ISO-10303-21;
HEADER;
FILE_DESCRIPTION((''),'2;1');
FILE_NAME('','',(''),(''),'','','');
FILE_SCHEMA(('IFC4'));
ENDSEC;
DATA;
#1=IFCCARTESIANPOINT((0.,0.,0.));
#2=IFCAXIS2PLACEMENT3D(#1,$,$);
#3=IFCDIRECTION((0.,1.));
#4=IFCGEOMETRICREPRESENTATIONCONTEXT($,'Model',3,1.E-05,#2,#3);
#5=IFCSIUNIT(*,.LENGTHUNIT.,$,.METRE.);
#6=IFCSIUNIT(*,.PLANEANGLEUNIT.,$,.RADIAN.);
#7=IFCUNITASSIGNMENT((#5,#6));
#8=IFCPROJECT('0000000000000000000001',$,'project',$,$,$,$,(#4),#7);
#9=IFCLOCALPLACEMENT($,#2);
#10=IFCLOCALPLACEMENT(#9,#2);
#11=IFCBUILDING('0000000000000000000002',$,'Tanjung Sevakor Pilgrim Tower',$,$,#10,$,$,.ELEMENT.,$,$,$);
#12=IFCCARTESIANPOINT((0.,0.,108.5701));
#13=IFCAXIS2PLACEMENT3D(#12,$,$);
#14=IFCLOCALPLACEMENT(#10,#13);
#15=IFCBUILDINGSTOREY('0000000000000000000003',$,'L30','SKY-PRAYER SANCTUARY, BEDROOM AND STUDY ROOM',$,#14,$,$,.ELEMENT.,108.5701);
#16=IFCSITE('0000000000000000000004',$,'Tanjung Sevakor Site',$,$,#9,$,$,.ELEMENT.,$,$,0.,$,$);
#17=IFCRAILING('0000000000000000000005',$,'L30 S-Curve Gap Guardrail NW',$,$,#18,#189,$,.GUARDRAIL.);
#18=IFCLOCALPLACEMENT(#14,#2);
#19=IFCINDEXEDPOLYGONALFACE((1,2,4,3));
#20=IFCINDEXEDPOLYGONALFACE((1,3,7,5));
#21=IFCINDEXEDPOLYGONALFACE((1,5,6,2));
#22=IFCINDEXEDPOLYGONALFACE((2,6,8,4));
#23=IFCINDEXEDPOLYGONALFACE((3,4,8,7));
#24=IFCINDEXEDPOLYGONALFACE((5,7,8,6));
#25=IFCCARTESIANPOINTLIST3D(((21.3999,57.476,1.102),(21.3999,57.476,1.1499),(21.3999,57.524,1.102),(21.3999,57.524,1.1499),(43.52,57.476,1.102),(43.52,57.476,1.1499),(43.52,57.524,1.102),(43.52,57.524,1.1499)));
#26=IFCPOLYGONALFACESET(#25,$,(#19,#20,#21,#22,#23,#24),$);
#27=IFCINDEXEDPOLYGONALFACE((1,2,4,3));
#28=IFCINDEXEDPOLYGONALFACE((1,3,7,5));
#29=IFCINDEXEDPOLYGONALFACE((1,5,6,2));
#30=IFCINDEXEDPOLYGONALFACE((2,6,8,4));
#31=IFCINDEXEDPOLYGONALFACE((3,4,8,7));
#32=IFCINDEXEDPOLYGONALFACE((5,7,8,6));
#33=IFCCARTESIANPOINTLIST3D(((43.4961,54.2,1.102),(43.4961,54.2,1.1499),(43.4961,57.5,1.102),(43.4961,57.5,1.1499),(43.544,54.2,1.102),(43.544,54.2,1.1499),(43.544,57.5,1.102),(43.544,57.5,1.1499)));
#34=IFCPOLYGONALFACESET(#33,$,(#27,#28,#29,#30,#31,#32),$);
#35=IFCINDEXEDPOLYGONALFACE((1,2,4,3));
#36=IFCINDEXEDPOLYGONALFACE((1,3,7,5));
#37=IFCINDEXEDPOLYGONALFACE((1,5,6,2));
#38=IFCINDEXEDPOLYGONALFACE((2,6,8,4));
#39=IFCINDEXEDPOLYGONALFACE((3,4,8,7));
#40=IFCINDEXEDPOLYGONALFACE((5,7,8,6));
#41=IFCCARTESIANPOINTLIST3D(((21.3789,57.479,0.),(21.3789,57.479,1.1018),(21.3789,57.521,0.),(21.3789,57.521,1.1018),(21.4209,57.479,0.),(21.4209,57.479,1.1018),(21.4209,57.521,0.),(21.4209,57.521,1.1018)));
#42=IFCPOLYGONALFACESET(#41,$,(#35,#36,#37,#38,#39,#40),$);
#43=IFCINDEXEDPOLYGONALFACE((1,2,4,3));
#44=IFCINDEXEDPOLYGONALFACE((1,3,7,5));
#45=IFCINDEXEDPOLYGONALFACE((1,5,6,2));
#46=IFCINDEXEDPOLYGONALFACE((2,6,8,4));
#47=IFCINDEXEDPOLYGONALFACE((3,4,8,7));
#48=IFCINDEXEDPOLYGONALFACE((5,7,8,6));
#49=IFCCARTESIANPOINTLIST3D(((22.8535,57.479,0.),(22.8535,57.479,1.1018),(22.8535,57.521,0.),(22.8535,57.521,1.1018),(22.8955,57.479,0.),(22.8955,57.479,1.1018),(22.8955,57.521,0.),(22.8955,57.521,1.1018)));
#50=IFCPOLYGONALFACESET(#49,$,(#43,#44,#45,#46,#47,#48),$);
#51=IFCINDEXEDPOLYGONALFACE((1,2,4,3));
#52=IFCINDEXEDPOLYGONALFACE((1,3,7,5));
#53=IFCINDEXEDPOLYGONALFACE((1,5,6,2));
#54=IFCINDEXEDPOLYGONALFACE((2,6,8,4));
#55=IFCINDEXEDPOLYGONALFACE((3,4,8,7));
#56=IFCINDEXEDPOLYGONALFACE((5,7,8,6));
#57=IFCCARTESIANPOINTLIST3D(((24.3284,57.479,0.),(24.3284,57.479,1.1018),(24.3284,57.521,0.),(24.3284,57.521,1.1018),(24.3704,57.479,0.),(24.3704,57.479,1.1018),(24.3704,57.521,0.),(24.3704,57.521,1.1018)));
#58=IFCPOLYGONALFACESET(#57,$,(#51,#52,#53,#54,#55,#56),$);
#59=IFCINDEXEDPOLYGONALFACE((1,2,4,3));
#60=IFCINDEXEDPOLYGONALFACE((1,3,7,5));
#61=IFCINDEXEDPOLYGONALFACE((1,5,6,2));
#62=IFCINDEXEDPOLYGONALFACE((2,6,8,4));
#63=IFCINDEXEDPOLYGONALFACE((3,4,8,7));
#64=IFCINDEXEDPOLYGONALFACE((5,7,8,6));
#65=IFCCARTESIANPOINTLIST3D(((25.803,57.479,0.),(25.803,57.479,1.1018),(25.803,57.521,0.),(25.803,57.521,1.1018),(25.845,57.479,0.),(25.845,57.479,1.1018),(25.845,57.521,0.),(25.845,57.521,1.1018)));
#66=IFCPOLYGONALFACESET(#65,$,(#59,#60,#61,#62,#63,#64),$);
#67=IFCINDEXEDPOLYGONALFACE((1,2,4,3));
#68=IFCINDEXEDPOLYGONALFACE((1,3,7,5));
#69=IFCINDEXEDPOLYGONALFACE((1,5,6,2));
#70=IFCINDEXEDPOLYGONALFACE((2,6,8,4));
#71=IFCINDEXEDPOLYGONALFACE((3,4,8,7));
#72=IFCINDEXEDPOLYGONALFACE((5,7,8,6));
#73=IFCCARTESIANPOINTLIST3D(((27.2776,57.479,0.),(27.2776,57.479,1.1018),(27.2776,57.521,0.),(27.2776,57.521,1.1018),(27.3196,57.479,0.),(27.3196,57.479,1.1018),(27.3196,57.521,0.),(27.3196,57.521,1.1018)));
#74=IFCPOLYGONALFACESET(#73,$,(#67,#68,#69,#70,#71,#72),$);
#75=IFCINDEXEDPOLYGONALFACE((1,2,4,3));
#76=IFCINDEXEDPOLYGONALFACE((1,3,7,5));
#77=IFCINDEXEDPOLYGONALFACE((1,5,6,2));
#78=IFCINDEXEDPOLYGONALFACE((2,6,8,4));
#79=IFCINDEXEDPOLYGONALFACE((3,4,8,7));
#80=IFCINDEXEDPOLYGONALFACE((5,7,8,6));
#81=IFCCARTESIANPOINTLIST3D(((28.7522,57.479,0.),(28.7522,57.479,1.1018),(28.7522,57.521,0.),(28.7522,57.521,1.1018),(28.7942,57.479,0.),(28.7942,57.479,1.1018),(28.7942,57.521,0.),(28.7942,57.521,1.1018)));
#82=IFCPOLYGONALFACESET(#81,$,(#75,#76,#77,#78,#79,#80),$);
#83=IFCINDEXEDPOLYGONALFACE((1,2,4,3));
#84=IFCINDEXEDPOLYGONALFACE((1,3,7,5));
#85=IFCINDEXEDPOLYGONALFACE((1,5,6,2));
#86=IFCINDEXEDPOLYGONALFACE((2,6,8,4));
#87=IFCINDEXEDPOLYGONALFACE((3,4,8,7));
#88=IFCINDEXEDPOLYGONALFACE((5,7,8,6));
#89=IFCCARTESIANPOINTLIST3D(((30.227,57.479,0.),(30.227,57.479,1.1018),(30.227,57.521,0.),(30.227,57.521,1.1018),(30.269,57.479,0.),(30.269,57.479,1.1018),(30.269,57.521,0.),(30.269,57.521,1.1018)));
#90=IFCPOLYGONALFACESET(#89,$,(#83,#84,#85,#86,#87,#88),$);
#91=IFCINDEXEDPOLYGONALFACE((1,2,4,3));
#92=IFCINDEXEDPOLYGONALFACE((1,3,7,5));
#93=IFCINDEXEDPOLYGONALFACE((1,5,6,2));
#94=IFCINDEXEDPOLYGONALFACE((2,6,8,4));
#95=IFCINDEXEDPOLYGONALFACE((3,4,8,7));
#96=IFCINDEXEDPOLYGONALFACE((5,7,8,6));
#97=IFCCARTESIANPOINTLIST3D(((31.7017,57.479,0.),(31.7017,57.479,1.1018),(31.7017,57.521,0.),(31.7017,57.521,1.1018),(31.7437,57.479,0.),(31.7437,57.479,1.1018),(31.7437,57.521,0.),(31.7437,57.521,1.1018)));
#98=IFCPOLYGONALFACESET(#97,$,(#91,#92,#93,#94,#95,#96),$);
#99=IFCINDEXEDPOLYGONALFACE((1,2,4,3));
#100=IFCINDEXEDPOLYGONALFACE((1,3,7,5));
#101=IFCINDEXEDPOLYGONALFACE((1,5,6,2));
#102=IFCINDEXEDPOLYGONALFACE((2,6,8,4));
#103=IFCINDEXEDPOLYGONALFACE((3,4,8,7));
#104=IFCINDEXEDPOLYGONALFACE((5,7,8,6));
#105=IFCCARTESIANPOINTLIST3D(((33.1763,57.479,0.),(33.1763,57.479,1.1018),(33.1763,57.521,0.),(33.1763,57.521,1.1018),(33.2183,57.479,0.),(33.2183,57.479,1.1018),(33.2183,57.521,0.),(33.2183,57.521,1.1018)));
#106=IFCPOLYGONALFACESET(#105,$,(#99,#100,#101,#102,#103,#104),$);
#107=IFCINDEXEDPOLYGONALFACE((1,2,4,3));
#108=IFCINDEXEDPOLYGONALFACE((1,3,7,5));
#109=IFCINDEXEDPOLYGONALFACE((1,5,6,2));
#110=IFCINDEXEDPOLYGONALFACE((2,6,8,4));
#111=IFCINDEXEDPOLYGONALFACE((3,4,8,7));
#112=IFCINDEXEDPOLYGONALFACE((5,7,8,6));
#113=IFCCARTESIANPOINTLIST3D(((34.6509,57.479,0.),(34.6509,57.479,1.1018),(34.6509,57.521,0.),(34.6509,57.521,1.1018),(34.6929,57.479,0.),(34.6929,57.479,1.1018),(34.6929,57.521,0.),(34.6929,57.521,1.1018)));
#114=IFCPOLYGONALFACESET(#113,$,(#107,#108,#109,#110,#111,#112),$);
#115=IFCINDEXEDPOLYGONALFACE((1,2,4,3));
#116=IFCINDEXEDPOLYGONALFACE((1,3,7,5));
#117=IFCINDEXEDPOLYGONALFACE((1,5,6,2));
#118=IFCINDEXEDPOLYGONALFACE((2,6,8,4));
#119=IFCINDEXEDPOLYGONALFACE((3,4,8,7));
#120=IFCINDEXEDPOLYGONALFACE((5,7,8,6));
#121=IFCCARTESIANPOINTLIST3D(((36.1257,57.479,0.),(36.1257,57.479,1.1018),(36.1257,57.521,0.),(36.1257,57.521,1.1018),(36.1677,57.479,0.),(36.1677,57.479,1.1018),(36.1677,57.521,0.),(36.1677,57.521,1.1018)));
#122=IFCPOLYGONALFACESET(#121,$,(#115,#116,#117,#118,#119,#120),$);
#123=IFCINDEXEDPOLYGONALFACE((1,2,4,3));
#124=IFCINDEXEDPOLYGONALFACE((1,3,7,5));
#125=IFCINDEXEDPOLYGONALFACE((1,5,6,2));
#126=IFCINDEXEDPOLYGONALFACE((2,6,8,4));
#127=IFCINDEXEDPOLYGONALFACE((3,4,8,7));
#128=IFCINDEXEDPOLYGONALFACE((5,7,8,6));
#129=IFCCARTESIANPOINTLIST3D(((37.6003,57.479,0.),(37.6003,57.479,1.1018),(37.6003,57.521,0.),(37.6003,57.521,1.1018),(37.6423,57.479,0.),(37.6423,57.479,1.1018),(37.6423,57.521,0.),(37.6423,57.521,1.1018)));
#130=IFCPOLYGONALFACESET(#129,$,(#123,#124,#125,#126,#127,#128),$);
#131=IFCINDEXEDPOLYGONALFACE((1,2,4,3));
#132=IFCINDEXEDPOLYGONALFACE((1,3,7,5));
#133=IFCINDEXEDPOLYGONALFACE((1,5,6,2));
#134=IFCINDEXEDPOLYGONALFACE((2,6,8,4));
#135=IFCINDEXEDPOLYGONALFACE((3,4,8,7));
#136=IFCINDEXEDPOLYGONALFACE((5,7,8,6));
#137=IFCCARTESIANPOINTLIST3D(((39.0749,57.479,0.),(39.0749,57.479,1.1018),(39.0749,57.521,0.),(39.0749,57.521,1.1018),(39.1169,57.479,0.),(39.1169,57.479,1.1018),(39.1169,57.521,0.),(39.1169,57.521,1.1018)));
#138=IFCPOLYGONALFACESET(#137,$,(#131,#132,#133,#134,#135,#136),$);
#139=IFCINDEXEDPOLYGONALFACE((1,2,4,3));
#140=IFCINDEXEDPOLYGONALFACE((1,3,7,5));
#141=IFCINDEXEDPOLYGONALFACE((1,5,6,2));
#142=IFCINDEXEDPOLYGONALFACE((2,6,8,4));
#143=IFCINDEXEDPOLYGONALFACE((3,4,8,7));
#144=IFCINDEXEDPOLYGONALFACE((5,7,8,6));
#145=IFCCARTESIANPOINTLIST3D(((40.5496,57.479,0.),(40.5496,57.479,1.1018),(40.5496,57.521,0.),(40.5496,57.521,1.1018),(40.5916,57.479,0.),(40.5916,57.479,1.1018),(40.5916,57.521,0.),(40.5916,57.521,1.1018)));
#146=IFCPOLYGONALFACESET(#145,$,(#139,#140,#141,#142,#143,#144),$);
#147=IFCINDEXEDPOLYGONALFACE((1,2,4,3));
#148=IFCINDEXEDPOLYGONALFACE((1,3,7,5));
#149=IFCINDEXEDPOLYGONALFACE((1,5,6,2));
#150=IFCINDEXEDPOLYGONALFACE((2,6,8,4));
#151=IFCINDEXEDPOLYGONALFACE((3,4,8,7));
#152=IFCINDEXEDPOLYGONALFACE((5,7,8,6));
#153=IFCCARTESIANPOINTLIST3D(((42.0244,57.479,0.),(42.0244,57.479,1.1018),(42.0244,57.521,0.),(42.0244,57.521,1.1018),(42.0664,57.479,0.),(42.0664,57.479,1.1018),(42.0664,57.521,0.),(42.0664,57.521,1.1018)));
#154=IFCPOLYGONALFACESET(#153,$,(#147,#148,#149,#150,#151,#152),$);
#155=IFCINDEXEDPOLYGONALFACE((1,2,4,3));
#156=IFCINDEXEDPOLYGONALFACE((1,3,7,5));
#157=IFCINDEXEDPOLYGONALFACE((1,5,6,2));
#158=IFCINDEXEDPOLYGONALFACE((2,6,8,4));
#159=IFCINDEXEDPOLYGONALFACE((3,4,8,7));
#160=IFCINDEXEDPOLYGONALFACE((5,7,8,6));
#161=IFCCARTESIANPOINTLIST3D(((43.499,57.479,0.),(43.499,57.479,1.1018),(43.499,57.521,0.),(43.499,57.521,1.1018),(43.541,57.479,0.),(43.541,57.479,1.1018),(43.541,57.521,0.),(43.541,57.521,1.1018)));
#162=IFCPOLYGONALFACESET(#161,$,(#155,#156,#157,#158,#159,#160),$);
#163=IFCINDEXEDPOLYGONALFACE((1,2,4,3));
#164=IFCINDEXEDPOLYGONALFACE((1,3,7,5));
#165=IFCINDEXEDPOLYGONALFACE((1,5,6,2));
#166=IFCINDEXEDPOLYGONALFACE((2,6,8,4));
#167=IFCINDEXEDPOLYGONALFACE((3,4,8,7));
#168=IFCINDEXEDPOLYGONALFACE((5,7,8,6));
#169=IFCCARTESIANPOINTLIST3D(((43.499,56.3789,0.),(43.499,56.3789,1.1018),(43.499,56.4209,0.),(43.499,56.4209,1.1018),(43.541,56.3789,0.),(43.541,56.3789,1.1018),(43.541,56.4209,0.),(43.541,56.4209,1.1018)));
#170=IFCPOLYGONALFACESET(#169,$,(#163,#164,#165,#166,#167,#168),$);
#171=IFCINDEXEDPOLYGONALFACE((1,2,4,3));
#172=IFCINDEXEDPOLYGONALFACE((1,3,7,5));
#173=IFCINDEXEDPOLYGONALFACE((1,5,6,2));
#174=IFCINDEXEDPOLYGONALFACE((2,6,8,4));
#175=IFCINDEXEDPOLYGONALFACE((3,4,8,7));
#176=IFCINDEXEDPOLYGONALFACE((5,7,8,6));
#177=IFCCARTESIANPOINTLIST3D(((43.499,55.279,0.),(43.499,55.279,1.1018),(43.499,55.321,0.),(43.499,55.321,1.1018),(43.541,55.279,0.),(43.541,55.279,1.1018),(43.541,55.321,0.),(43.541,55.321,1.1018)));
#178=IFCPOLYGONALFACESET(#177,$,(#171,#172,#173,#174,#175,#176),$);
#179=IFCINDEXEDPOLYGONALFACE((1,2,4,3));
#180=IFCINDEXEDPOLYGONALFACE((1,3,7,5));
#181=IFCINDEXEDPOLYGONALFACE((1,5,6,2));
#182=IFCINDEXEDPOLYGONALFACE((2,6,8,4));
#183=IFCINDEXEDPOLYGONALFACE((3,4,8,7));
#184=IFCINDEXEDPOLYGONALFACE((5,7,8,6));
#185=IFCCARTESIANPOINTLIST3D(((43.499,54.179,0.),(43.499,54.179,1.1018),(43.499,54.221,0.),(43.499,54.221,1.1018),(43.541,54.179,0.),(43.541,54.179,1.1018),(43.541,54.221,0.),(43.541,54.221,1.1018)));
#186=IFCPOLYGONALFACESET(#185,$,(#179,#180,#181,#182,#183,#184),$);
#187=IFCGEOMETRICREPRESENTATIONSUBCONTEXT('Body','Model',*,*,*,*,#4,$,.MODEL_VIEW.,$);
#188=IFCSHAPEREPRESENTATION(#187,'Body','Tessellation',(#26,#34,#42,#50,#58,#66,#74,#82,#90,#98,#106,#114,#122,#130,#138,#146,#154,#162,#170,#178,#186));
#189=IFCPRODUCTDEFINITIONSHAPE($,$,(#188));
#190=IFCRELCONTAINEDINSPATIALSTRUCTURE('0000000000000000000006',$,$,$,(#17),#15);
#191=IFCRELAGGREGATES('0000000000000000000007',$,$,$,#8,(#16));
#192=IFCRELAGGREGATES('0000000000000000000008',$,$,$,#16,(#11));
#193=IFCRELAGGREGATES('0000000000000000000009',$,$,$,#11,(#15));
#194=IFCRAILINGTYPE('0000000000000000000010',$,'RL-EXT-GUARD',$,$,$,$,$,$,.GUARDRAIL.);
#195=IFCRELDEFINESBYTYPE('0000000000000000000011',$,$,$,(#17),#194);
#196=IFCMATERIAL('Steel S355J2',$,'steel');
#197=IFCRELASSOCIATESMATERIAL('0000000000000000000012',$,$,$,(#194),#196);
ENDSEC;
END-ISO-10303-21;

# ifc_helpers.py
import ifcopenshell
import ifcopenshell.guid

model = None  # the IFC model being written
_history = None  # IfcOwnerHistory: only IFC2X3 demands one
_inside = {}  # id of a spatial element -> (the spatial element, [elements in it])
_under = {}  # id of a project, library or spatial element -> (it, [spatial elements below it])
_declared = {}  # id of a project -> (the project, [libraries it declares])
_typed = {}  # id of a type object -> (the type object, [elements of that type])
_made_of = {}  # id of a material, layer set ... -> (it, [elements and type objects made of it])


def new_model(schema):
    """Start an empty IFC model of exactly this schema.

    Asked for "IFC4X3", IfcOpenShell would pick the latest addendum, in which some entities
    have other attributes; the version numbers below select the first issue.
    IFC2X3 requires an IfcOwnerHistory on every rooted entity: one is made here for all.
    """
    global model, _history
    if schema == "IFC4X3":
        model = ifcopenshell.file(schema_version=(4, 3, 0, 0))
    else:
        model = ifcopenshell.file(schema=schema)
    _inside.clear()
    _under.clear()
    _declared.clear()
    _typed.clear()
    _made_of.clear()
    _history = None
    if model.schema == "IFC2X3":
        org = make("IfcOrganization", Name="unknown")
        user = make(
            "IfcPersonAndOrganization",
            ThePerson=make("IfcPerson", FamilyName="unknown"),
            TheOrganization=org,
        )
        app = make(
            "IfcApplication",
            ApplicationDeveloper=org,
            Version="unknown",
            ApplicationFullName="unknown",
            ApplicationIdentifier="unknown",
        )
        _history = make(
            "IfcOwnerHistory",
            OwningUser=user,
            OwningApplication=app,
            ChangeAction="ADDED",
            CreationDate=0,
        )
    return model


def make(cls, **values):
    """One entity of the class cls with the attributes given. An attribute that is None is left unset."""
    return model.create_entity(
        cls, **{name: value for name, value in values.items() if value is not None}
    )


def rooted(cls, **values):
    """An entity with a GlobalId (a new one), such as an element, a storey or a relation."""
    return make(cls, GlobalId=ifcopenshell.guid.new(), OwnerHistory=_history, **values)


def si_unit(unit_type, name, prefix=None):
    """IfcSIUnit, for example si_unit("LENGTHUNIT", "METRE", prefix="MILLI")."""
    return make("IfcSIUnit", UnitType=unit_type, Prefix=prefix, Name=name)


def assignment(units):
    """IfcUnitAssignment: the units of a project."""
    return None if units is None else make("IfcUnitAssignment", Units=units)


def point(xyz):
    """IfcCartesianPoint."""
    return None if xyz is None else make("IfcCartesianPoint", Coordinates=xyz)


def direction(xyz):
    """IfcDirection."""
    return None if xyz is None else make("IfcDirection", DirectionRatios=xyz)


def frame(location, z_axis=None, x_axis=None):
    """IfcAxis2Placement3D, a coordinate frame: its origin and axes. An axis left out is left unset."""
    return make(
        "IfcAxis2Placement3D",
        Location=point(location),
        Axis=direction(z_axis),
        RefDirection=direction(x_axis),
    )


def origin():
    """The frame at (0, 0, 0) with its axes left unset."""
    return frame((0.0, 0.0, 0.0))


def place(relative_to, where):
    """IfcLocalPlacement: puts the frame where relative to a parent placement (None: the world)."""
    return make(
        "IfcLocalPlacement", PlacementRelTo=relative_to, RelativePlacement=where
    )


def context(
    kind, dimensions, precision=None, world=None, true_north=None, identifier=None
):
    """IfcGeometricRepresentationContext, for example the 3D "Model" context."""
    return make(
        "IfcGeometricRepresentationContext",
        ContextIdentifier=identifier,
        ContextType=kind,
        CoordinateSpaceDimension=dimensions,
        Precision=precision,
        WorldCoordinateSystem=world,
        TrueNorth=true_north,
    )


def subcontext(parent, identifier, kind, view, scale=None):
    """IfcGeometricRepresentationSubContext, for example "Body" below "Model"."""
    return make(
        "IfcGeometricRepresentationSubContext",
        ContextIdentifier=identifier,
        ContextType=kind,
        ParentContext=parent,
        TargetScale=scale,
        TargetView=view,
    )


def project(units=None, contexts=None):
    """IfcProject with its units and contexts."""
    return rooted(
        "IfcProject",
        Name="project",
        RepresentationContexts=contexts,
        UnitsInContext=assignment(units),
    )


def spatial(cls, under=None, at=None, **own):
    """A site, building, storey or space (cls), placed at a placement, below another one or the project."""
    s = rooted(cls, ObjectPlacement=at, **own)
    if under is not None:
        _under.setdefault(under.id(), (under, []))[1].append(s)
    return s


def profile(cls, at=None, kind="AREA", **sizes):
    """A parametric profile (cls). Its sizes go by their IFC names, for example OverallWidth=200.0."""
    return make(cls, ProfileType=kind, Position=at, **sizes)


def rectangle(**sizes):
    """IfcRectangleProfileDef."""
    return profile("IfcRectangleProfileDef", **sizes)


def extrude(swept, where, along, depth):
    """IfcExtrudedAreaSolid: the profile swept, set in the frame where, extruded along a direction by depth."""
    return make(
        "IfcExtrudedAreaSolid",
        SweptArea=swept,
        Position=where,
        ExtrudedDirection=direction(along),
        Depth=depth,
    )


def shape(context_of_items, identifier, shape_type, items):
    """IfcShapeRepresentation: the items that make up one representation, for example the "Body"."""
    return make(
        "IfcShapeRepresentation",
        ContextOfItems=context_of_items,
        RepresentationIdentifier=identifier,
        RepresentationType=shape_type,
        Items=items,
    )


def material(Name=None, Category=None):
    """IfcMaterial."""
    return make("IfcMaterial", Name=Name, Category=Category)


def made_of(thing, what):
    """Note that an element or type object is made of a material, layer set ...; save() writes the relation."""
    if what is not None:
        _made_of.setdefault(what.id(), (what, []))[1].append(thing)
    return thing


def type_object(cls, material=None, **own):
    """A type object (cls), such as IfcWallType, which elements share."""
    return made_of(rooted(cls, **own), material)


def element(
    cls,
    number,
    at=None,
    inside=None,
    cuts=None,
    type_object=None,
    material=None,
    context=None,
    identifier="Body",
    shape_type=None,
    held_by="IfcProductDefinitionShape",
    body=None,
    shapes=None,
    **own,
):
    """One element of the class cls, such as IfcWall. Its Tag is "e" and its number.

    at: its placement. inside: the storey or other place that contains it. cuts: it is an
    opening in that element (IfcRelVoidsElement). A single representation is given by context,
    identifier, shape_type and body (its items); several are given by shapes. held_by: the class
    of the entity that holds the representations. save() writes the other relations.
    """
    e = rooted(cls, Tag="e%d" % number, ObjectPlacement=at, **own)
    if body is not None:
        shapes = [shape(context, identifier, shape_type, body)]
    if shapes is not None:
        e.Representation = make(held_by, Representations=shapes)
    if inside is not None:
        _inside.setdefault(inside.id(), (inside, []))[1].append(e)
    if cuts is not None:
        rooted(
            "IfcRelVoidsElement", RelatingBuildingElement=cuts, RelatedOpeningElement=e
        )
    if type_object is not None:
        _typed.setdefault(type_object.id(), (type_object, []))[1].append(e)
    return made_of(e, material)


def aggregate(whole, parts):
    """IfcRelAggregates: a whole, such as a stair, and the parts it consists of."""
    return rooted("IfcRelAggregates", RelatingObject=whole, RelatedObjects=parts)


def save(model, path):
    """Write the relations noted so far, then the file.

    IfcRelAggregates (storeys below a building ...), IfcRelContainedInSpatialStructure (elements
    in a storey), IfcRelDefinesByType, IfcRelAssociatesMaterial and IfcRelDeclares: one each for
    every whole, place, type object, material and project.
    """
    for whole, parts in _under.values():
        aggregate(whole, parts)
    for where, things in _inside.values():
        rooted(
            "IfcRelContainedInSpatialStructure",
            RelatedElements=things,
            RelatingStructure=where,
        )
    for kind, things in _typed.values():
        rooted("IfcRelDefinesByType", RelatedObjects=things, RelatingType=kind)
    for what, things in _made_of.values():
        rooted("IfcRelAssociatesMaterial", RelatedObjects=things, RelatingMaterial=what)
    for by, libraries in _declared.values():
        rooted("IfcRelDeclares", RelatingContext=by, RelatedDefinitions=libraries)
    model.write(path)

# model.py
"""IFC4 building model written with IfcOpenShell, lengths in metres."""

from ifc_helpers import new_model, si_unit, direction, frame, origin, place, context, subcontext, project, spatial, rectangle, extrude, material, type_object, element, save


model = new_model("IFC4")

# Units and contexts
model_context = context("Model", 3, precision=1e-05, world=origin(), true_north=direction((0.0, 1.0)))
body_context = subcontext(model_context, "Body", "Model", "MODEL_VIEW")
ifc_project = project(units=[si_unit("LENGTHUNIT", "METRE"), si_unit("PLANEANGLEUNIT", "RADIAN")], contexts=[model_context])

# Site, building, storey
site_placement = place(None, origin())
site = spatial("IfcSite", under=ifc_project, at=site_placement, Name="Tanjung Sevakor Site", CompositionType="ELEMENT", RefElevation=0.0)
building_placement = place(site_placement, origin())
building = spatial("IfcBuilding", under=site, at=building_placement, Name="Tanjung Sevakor Pilgrim Tower", CompositionType="ELEMENT")
storey_placement = place(building_placement, frame((0.0, 0.0, 108.5701)))
storey = spatial("IfcBuildingStorey", under=building, at=storey_placement, Name="L30", Description="SKY-PRAYER SANCTUARY, BEDROOM AND STUDY ROOM", CompositionType="ELEMENT", Elevation=108.5701)

# Railing
ifc_material_1 = material(Name="Steel S355J2", Category="steel")
railing_type_1 = type_object("IfcRailingType", Name="RL-EXT-GUARD", PredefinedType="GUARDRAIL", material=ifc_material_1)
railing_1_placement = place(storey_placement, frame((21.3999, 57.5, 0.0)))
element("IfcRailing", 1, at=railing_1_placement, inside=storey, type_object=railing_type_1, Name="L30 S-Curve Gap Guardrail NW", PredefinedType="GUARDRAIL", context=body_context, shape_type="SweptSolid", body=[
    extrude(rectangle(XDim=0.0479, YDim=0.0479), frame((0.0, 0.0, 1.126), z_axis=(1.0, 0.0, 0.0), x_axis=(0.0, 1.0, 0.0)), (0.0, 0.0, 1.0), 22.1201),
    extrude(rectangle(XDim=0.0479, YDim=0.0479), frame((22.1201, 0.0, 1.126), z_axis=(0.0, -1.0, 0.0), x_axis=(1.0, 0.0, 0.0)), (0.0, 0.0, 1.0), 3.3),
    extrude(rectangle(XDim=0.042, YDim=0.042), origin(), (0.0, 0.0, 1.0), 1.1018),
    extrude(rectangle(XDim=0.042, YDim=0.042), frame((1.4746, 0.0, 0.0)), (0.0, 0.0, 1.0), 1.1018),
    extrude(rectangle(XDim=0.042, YDim=0.042), frame((2.9495, 0.0, 0.0)), (0.0, 0.0, 1.0), 1.1018),
    extrude(rectangle(XDim=0.042, YDim=0.042), frame((4.4241, 0.0, 0.0)), (0.0, 0.0, 1.0), 1.1018),
    extrude(rectangle(XDim=0.042, YDim=0.042), frame((5.8987, 0.0, 0.0)), (0.0, 0.0, 1.0), 1.1018),
    extrude(rectangle(XDim=0.042, YDim=0.042), frame((7.3733, 0.0, 0.0)), (0.0, 0.0, 1.0), 1.1018),
    extrude(rectangle(XDim=0.042, YDim=0.042), frame((8.8481, 0.0, 0.0)), (0.0, 0.0, 1.0), 1.1018),
    extrude(rectangle(XDim=0.042, YDim=0.042), frame((10.3228, 0.0, 0.0)), (0.0, 0.0, 1.0), 1.1018),
    extrude(rectangle(XDim=0.042, YDim=0.042), frame((11.7974, 0.0, 0.0)), (0.0, 0.0, 1.0), 1.1018),
    extrude(rectangle(XDim=0.042, YDim=0.042), frame((13.272, 0.0, 0.0)), (0.0, 0.0, 1.0), 1.1018),
    extrude(rectangle(XDim=0.042, YDim=0.042), frame((14.7468, 0.0, 0.0)), (0.0, 0.0, 1.0), 1.1018),
    extrude(rectangle(XDim=0.042, YDim=0.042), frame((16.2214, 0.0, 0.0)), (0.0, 0.0, 1.0), 1.1018),
    extrude(rectangle(XDim=0.042, YDim=0.042), frame((17.696, 0.0, 0.0)), (0.0, 0.0, 1.0), 1.1018),
    extrude(rectangle(XDim=0.042, YDim=0.042), frame((19.1707, 0.0, 0.0)), (0.0, 0.0, 1.0), 1.1018),
    extrude(rectangle(XDim=0.042, YDim=0.042), frame((20.6455, 0.0, 0.0)), (0.0, 0.0, 1.0), 1.1018),
    extrude(rectangle(XDim=0.042, YDim=0.042), frame((22.1201, 0.0, 0.0)), (0.0, 0.0, 1.0), 1.1018),
    extrude(rectangle(XDim=0.042, YDim=0.042), frame((22.1201, -1.1001, 0.0)), (0.0, 0.0, 1.0), 1.1018),
    extrude(rectangle(XDim=0.042, YDim=0.042), frame((22.1201, -2.2, 0.0)), (0.0, 0.0, 1.0), 1.1018),
    extrude(rectangle(XDim=0.042, YDim=0.042), frame((22.1201, -3.3, 0.0)), (0.0, 0.0, 1.0), 1.1018),
])

save(model, "model.ifc")
